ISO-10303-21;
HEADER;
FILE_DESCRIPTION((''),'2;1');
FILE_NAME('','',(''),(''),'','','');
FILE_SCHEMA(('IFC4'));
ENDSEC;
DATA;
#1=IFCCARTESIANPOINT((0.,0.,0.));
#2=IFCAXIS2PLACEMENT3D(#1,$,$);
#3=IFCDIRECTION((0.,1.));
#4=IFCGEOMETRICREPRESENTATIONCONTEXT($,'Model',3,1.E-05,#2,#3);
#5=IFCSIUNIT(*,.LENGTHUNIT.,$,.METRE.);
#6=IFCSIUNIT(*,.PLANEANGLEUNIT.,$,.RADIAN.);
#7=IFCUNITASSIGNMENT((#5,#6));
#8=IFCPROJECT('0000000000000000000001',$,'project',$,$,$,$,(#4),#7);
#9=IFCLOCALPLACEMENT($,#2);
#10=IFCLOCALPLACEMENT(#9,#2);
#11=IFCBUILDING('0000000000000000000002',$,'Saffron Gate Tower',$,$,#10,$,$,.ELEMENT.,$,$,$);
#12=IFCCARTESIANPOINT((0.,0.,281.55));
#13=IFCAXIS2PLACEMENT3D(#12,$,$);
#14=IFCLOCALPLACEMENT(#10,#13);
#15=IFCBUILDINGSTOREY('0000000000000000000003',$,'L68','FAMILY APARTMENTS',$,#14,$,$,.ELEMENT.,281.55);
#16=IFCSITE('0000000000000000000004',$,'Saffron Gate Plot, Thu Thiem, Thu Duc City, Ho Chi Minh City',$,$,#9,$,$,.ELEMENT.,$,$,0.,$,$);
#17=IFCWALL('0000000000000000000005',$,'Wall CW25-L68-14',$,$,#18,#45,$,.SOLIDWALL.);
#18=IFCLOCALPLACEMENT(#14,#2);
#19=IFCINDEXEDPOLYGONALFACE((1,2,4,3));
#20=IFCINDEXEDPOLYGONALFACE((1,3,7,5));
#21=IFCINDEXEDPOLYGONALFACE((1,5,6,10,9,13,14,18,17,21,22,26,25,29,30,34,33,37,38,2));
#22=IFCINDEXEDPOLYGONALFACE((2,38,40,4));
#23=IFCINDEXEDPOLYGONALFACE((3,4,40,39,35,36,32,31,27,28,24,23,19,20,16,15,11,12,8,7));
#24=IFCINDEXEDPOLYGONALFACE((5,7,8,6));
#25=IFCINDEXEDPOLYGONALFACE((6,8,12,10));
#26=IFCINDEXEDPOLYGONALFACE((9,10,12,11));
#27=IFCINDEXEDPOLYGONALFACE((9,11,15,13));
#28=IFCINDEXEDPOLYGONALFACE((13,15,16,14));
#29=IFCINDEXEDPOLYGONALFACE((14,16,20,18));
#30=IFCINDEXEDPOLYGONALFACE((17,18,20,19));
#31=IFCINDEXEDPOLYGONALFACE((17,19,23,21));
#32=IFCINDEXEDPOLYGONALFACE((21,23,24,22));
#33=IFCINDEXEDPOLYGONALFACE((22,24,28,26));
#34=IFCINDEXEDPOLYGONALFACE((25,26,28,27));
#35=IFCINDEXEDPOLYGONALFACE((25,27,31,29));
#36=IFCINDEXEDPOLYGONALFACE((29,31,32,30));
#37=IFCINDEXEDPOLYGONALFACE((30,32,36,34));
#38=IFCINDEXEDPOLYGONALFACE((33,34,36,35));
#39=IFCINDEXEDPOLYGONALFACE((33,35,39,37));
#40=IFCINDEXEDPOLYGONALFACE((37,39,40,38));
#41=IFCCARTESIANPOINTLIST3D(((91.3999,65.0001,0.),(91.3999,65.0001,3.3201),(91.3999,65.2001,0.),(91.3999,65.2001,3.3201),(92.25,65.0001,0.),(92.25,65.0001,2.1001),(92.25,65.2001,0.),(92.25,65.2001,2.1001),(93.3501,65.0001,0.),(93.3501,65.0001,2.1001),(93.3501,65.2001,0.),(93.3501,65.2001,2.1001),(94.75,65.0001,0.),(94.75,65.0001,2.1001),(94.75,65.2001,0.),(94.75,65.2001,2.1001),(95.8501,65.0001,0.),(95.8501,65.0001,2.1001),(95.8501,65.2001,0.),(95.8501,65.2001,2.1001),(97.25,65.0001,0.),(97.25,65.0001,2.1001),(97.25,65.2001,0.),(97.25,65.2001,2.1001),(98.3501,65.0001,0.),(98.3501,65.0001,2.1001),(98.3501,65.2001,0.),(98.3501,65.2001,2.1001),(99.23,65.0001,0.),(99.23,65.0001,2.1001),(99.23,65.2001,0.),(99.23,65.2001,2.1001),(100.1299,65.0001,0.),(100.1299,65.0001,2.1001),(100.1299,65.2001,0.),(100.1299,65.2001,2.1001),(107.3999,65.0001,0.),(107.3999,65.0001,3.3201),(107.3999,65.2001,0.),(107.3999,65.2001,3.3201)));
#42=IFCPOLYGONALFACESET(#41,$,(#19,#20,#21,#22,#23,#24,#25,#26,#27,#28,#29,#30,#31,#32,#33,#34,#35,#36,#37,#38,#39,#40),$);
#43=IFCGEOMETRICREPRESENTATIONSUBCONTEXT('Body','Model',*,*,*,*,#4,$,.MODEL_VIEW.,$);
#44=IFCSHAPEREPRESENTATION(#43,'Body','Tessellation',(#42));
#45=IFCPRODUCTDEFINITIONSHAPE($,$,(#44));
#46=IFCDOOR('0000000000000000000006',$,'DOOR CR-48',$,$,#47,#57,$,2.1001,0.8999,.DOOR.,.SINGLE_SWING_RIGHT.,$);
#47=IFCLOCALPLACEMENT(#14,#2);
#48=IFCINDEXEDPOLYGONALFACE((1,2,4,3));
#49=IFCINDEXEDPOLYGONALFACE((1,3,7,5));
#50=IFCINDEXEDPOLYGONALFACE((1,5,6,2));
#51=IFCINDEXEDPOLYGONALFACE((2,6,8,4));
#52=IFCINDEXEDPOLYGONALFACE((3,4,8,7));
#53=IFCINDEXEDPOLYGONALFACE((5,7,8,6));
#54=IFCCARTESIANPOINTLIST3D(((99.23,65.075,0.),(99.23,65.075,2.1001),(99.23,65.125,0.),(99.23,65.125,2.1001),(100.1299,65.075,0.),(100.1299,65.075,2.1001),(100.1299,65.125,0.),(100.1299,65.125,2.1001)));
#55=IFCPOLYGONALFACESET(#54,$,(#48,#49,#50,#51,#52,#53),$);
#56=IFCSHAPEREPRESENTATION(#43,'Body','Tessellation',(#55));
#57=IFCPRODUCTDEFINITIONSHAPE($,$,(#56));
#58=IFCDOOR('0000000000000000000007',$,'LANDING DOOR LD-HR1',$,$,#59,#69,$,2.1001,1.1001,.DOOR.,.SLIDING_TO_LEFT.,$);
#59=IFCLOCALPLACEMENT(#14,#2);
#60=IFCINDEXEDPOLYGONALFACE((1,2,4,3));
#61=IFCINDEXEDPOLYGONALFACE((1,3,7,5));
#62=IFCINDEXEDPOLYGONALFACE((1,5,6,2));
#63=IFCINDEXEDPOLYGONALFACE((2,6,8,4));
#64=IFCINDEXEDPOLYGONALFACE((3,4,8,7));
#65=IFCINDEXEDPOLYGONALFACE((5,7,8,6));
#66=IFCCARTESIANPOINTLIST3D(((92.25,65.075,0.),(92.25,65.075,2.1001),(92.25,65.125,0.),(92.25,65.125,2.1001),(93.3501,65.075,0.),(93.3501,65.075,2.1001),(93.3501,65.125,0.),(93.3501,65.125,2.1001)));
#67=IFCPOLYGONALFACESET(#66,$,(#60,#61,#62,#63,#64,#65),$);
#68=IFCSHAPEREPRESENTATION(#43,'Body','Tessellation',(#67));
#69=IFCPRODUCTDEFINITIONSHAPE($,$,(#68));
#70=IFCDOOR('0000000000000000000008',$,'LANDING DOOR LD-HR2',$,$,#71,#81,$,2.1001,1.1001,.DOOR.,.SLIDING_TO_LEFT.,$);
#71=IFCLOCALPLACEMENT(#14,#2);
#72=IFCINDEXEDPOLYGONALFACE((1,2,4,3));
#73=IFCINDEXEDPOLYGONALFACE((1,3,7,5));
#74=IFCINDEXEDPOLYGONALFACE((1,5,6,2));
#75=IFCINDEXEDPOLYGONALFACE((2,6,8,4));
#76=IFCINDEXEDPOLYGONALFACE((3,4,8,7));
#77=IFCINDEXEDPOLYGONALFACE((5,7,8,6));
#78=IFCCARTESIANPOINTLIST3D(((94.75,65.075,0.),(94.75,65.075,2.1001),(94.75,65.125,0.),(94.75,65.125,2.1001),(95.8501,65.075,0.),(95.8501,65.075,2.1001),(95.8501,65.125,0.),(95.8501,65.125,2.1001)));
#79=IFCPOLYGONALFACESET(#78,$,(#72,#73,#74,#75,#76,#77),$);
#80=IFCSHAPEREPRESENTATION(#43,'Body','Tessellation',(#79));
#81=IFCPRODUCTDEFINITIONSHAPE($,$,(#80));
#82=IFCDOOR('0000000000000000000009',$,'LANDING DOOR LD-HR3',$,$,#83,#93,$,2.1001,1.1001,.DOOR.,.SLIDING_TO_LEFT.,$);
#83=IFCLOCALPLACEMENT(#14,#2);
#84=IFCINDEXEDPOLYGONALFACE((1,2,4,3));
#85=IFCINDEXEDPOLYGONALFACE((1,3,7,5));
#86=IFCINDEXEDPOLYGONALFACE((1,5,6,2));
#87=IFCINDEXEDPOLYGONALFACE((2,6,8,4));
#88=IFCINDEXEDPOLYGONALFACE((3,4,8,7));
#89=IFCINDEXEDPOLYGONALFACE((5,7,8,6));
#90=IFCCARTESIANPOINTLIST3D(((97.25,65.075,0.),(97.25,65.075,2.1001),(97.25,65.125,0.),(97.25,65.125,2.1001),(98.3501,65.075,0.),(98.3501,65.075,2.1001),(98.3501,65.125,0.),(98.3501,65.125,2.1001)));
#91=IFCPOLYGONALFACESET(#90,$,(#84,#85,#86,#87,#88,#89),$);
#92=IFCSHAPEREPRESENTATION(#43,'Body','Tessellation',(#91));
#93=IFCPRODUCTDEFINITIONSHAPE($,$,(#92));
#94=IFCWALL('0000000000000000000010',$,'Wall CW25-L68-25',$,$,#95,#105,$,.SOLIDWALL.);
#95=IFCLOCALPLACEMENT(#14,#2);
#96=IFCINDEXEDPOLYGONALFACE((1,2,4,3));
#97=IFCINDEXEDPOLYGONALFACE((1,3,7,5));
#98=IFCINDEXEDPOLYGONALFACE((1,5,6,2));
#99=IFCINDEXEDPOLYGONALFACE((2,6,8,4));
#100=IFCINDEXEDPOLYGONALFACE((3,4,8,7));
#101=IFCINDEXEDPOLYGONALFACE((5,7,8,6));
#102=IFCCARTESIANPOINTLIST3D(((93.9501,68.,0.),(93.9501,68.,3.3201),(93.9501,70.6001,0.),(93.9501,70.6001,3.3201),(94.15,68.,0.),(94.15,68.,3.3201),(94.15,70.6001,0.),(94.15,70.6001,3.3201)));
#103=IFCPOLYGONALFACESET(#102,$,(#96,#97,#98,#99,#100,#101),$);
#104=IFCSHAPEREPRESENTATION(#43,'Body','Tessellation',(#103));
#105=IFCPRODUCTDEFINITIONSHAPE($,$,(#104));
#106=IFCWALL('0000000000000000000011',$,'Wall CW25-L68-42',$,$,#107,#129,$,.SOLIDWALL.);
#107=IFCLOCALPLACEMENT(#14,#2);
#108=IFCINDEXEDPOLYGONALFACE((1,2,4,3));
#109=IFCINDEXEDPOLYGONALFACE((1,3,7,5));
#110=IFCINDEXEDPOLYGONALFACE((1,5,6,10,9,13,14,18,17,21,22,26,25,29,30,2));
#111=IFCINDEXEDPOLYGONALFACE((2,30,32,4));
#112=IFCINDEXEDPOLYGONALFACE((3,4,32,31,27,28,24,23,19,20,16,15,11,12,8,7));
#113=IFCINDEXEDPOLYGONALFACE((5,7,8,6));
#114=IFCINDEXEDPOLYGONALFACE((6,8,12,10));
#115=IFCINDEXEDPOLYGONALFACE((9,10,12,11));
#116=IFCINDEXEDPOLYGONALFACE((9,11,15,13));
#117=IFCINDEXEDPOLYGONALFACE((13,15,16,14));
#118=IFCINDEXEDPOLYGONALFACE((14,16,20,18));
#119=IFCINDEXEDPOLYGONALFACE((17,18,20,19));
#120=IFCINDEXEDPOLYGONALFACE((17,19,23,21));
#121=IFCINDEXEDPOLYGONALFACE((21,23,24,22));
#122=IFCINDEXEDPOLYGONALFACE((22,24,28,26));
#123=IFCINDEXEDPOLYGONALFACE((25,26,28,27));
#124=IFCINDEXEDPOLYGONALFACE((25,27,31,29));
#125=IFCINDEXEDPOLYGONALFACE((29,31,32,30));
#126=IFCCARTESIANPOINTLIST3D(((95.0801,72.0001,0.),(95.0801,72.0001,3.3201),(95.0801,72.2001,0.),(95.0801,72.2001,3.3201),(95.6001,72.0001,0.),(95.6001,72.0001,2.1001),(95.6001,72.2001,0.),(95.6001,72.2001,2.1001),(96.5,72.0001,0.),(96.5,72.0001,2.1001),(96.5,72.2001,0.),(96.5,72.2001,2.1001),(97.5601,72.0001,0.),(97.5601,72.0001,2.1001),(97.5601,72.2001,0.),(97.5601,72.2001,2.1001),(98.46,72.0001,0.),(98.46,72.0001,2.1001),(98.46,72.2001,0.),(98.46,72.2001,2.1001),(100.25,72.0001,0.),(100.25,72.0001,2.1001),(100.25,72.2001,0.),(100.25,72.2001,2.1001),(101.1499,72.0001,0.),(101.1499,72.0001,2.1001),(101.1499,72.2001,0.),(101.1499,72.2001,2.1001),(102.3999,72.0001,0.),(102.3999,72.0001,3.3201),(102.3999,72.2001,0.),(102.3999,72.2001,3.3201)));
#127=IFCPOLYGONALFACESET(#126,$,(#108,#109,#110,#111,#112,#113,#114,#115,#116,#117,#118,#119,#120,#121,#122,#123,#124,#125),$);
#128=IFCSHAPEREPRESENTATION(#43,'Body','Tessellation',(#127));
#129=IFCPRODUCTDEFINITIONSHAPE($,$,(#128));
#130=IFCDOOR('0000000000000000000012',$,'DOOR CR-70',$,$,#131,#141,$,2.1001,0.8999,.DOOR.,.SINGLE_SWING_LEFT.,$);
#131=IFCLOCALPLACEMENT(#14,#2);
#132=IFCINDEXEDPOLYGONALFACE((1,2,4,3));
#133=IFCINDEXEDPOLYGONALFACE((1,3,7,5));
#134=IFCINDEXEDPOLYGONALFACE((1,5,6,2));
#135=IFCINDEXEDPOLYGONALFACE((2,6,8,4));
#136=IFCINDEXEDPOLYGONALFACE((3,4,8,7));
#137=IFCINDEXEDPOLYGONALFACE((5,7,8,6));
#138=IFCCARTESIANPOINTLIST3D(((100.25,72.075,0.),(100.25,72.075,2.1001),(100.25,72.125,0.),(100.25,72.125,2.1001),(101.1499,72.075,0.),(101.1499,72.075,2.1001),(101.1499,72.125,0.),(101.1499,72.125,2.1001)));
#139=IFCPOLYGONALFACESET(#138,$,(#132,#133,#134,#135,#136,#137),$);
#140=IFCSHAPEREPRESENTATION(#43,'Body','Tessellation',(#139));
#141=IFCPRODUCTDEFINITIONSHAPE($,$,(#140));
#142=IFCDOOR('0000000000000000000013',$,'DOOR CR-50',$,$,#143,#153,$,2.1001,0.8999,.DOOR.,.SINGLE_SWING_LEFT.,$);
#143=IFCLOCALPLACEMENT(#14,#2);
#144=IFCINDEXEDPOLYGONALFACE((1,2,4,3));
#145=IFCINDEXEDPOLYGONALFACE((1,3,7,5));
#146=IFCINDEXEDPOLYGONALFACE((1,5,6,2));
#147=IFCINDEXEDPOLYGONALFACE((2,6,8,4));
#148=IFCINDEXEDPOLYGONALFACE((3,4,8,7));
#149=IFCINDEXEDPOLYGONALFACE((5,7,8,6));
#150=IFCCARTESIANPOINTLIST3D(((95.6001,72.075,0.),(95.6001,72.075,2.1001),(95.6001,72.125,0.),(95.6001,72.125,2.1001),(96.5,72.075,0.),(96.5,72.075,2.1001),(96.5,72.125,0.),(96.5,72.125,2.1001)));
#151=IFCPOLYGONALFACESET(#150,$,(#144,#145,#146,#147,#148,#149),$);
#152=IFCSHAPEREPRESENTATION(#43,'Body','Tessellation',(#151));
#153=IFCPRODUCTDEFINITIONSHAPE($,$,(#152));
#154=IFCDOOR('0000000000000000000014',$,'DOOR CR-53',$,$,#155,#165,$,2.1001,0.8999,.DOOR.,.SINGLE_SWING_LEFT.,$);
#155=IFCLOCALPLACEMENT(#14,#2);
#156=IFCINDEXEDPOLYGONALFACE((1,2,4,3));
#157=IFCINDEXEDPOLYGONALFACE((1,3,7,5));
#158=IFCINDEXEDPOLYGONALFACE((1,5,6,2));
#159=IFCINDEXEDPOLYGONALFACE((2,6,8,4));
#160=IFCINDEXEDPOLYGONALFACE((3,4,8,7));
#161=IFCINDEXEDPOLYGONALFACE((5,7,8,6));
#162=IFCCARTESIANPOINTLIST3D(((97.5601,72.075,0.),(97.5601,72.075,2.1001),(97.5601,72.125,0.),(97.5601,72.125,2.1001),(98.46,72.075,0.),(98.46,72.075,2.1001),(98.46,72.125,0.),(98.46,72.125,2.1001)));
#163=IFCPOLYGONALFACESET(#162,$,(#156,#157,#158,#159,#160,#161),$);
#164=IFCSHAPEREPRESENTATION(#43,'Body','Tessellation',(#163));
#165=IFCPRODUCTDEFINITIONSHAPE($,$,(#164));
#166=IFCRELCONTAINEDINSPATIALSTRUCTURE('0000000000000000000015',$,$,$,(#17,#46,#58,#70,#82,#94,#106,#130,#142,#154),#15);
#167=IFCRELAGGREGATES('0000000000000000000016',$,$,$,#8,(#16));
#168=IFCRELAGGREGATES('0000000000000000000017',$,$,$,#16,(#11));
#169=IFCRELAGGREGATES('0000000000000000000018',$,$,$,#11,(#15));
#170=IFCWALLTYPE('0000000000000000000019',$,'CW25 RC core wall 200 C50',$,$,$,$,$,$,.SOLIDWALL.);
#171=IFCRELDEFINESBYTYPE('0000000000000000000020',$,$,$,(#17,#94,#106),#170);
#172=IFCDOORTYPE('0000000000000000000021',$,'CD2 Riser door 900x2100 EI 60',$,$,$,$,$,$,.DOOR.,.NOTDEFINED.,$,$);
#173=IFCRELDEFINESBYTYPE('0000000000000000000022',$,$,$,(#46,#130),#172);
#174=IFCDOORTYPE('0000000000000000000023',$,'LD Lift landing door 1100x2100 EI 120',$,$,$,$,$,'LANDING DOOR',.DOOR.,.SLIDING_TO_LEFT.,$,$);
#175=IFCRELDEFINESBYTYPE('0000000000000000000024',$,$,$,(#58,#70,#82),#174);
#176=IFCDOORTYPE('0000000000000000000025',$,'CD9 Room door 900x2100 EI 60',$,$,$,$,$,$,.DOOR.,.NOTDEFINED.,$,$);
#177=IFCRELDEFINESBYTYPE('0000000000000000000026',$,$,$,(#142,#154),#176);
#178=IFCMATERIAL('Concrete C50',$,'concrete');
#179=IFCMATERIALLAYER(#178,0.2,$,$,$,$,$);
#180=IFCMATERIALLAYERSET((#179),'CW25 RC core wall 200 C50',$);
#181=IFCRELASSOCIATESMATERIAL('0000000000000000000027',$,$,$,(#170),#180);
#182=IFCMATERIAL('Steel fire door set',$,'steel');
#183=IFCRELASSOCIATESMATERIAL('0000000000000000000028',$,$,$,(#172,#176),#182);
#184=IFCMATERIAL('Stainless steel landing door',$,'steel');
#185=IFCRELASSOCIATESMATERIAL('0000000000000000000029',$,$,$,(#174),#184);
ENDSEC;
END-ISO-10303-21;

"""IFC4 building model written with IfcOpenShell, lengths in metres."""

from ifc_helpers import new_model, si_unit, direction, frame, frame_2d, origin, place, context, subcontext, project, spatial, rectangle, extrude, material, layer, layer_set, type_object, element, fill, save


model = new_model("IFC4")

# Units and contexts
model_context = context("Model", 3, precision=1e-05, world=origin(), true_north=direction((0.0, 1.0)))
body_context = subcontext(model_context, "Body", "Model", "MODEL_VIEW")
ifc_project = project(units=[si_unit("LENGTHUNIT", "METRE"), si_unit("PLANEANGLEUNIT", "RADIAN")], contexts=[model_context])

# Site, building, storey
site_placement = place(None, origin())
site = spatial("IfcSite", under=ifc_project, at=site_placement, Name="Saffron Gate Plot, Thu Thiem, Thu Duc City, Ho Chi Minh City", CompositionType="ELEMENT", RefElevation=0.0)
building_placement = place(site_placement, origin())
building = spatial("IfcBuilding", under=site, at=building_placement, Name="Saffron Gate Tower", CompositionType="ELEMENT")
storey_placement = place(building_placement, frame((0.0, 0.0, 281.55)))
storey = spatial("IfcBuildingStorey", under=building, at=storey_placement, Name="L68", Description="FAMILY APARTMENTS", CompositionType="ELEMENT", Elevation=281.55)

# Shared definitions
ifc_material_1 = material(Name="Concrete C50", Category="concrete")

# Shared definitions
ifc_material_2 = material(Name="Steel fire door set", Category="steel")

# Shared definitions
ifc_layer_1 = layer(ifc_material_1, 0.2)
ifc_layer_set_1 = layer_set([ifc_layer_1], Name="CW25 RC core wall 200 C50")
wall_type_1 = type_object("IfcWallType", Name="CW25 RC core wall 200 C50", PredefinedType="SOLIDWALL", material=ifc_layer_set_1)

# Wall, openings, doors
wall_1_placement = place(storey_placement, frame((91.3999, 65.1001, 0.0), z_axis=(0.0, 0.0, 1.0), x_axis=(1.0, 0.0, 0.0)))
wall_1 = element("IfcWall", 1, at=wall_1_placement, inside=storey, type_object=wall_type_1, Name="Wall CW25-L68-14", PredefinedType="SOLIDWALL", context=body_context, shape_type="SweptSolid", body=[
    extrude(rectangle(XDim=16.0, YDim=0.2, at=frame_2d((8.0, 0.0))), origin(), (0.0, 0.0, 1.0), 3.3201),
])
opening_1_placement = place(wall_1_placement, frame((0.8501, 0.0, 0.0)))
opening_1 = element("IfcOpeningElement", 2, at=opening_1_placement, cuts=wall_1, PredefinedType="OPENING", context=body_context, shape_type="SweptSolid", body=[
    extrude(rectangle(XDim=1.1001, YDim=2.1001, at=frame_2d((0.55, 1.05))), frame((0.0, 0.1099, 0.0), z_axis=(0.0, -1.0, 0.0), x_axis=(1.0, 0.0, 0.0)), (0.0, 0.0, 1.0), 0.22),
])
opening_2_placement = place(wall_1_placement, frame((3.3501, 0.0, 0.0)))
opening_2 = element("IfcOpeningElement", 3, at=opening_2_placement, cuts=wall_1, PredefinedType="OPENING", context=body_context, shape_type="SweptSolid", body=[
    extrude(rectangle(XDim=1.1001, YDim=2.1001, at=frame_2d((0.55, 1.05))), frame((0.0, 0.1099, 0.0), z_axis=(0.0, -1.0, 0.0), x_axis=(1.0, 0.0, 0.0)), (0.0, 0.0, 1.0), 0.22),
])
opening_3_placement = place(wall_1_placement, frame((5.8501, 0.0, 0.0)))
opening_3 = element("IfcOpeningElement", 4, at=opening_3_placement, cuts=wall_1, PredefinedType="OPENING", context=body_context, shape_type="SweptSolid", body=[
    extrude(rectangle(XDim=1.1001, YDim=2.1001, at=frame_2d((0.55, 1.05))), frame((0.0, 0.1099, 0.0), z_axis=(0.0, -1.0, 0.0), x_axis=(1.0, 0.0, 0.0)), (0.0, 0.0, 1.0), 0.22),
])
opening_4_placement = place(wall_1_placement, frame((7.8301, 0.0, 0.0)))
opening_4 = element("IfcOpeningElement", 5, at=opening_4_placement, cuts=wall_1, PredefinedType="OPENING", context=body_context, shape_type="SweptSolid", body=[
    extrude(rectangle(XDim=0.8999, YDim=2.1001, at=frame_2d((0.45, 1.05))), frame((0.0, 0.1099, 0.0), z_axis=(0.0, -1.0, 0.0), x_axis=(1.0, 0.0, 0.0)), (0.0, 0.0, 1.0), 0.22),
])
door_type_1 = type_object("IfcDoorType", Name="CD2 Riser door 900x2100 EI 60", OperationType="NOTDEFINED", PredefinedType="DOOR", material=ifc_material_2)
door_1_placement = place(opening_4_placement, origin())
door_1 = element("IfcDoor", 6, at=door_1_placement, inside=storey, type_object=door_type_1, Name="DOOR CR-48", OperationType="SINGLE_SWING_RIGHT", OverallHeight=2.1001, OverallWidth=0.8999, PredefinedType="DOOR", context=body_context, shape_type="SweptSolid", body=[
    extrude(rectangle(XDim=0.8999, YDim=2.1001, at=frame_2d((0.45, 1.05))), frame((0.0, 0.0249, 0.0), z_axis=(0.0, -1.0, 0.0), x_axis=(1.0, 0.0, 0.0)), (0.0, 0.0, 1.0), 0.05),
])
fill(opening_4, door_1)
ifc_material_3 = material(Name="Stainless steel landing door", Category="steel")
door_type_2 = type_object("IfcDoorType", Name="LD Lift landing door 1100x2100 EI 120", ElementType="LANDING DOOR", OperationType="SLIDING_TO_LEFT", PredefinedType="DOOR", material=ifc_material_3)
door_2_placement = place(opening_1_placement, origin())
door_2 = element("IfcDoor", 7, at=door_2_placement, inside=storey, type_object=door_type_2, Name="LANDING DOOR LD-HR1", OperationType="SLIDING_TO_LEFT", OverallHeight=2.1001, OverallWidth=1.1001, PredefinedType="DOOR", context=body_context, shape_type="SweptSolid", body=[
    extrude(rectangle(XDim=1.1001, YDim=2.1001, at=frame_2d((0.55, 1.05))), frame((0.0, 0.0249, 0.0), z_axis=(0.0, -1.0, 0.0), x_axis=(1.0, 0.0, 0.0)), (0.0, 0.0, 1.0), 0.05),
])
fill(opening_1, door_2)
door_3_placement = place(opening_2_placement, origin())
door_3 = element("IfcDoor", 8, at=door_3_placement, inside=storey, type_object=door_type_2, Name="LANDING DOOR LD-HR2", OperationType="SLIDING_TO_LEFT", OverallHeight=2.1001, OverallWidth=1.1001, PredefinedType="DOOR", context=body_context, shape_type="SweptSolid", body=[
    extrude(rectangle(XDim=1.1001, YDim=2.1001, at=frame_2d((0.55, 1.05))), frame((0.0, 0.0249, 0.0), z_axis=(0.0, -1.0, 0.0), x_axis=(1.0, 0.0, 0.0)), (0.0, 0.0, 1.0), 0.05),
])
fill(opening_2, door_3)
door_4_placement = place(opening_3_placement, origin())
door_4 = element("IfcDoor", 9, at=door_4_placement, inside=storey, type_object=door_type_2, Name="LANDING DOOR LD-HR3", OperationType="SLIDING_TO_LEFT", OverallHeight=2.1001, OverallWidth=1.1001, PredefinedType="DOOR", context=body_context, shape_type="SweptSolid", body=[
    extrude(rectangle(XDim=1.1001, YDim=2.1001, at=frame_2d((0.55, 1.05))), frame((0.0, 0.0249, 0.0), z_axis=(0.0, -1.0, 0.0), x_axis=(1.0, 0.0, 0.0)), (0.0, 0.0, 1.0), 0.05),
])
fill(opening_3, door_4)

# Wall
wall_2_placement = place(storey_placement, frame((94.05, 68.0, 0.0), z_axis=(0.0, 0.0, 1.0), x_axis=(0.0, 1.0, 0.0)))
element("IfcWall", 10, at=wall_2_placement, inside=storey, type_object=wall_type_1, Name="Wall CW25-L68-25", PredefinedType="SOLIDWALL", context=body_context, shape_type="SweptSolid", body=[
    extrude(rectangle(XDim=2.6001, YDim=0.2, at=frame_2d((1.3, 0.0))), origin(), (0.0, 0.0, 1.0), 3.3201),
])

# Wall, openings, doors
wall_3_placement = place(storey_placement, frame((95.0801, 72.1001, 0.0), z_axis=(0.0, 0.0, 1.0), x_axis=(1.0, 0.0, 0.0)))
wall_3 = element("IfcWall", 11, at=wall_3_placement, inside=storey, type_object=wall_type_1, Name="Wall CW25-L68-42", PredefinedType="SOLIDWALL", context=body_context, shape_type="SweptSolid", body=[
    extrude(rectangle(XDim=7.3198, YDim=0.2, at=frame_2d((3.6599, 0.0))), origin(), (0.0, 0.0, 1.0), 3.3201),
])
opening_5_placement = place(wall_3_placement, frame((0.52, 0.0, 0.0)))
opening_5 = element("IfcOpeningElement", 12, at=opening_5_placement, cuts=wall_3, PredefinedType="OPENING", context=body_context, shape_type="SweptSolid", body=[
    extrude(rectangle(XDim=0.8999, YDim=2.1001, at=frame_2d((0.45, 1.05))), frame((0.0, 0.1099, 0.0), z_axis=(0.0, -1.0, 0.0), x_axis=(1.0, 0.0, 0.0)), (0.0, 0.0, 1.0), 0.22),
])
opening_6_placement = place(wall_3_placement, frame((2.48, 0.0, 0.0)))
opening_6 = element("IfcOpeningElement", 13, at=opening_6_placement, cuts=wall_3, PredefinedType="OPENING", context=body_context, shape_type="SweptSolid", body=[
    extrude(rectangle(XDim=0.8999, YDim=2.1001, at=frame_2d((0.45, 1.05))), frame((0.0, 0.1099, 0.0), z_axis=(0.0, -1.0, 0.0), x_axis=(1.0, 0.0, 0.0)), (0.0, 0.0, 1.0), 0.22),
])
opening_7_placement = place(wall_3_placement, frame((5.1699, 0.0, 0.0)))
opening_7 = element("IfcOpeningElement", 14, at=opening_7_placement, cuts=wall_3, PredefinedType="OPENING", context=body_context, shape_type="SweptSolid", body=[
    extrude(rectangle(XDim=0.8999, YDim=2.1001, at=frame_2d((0.45, 1.05))), frame((0.0, 0.1099, 0.0), z_axis=(0.0, -1.0, 0.0), x_axis=(1.0, 0.0, 0.0)), (0.0, 0.0, 1.0), 0.22),
])
door_5_placement = place(opening_7_placement, origin())
door_5 = element("IfcDoor", 15, at=door_5_placement, inside=storey, type_object=door_type_1, Name="DOOR CR-70", OperationType="SINGLE_SWING_LEFT", OverallHeight=2.1001, OverallWidth=0.8999, PredefinedType="DOOR", context=body_context, shape_type="SweptSolid", body=[
    extrude(rectangle(XDim=0.8999, YDim=2.1001, at=frame_2d((0.45, 1.05))), frame((0.0, 0.0249, 0.0), z_axis=(0.0, -1.0, 0.0), x_axis=(1.0, 0.0, 0.0)), (0.0, 0.0, 1.0), 0.05),
])
fill(opening_7, door_5)
door_type_3 = type_object("IfcDoorType", Name="CD9 Room door 900x2100 EI 60", OperationType="NOTDEFINED", PredefinedType="DOOR", material=ifc_material_2)
door_6_placement = place(opening_5_placement, origin())
door_6 = element("IfcDoor", 16, at=door_6_placement, inside=storey, type_object=door_type_3, Name="DOOR CR-50", OperationType="SINGLE_SWING_LEFT", OverallHeight=2.1001, OverallWidth=0.8999, PredefinedType="DOOR", context=body_context, shape_type="SweptSolid", body=[
    extrude(rectangle(XDim=0.8999, YDim=2.1001, at=frame_2d((0.45, 1.05))), frame((0.0, 0.0249, 0.0), z_axis=(0.0, -1.0, 0.0), x_axis=(1.0, 0.0, 0.0)), (0.0, 0.0, 1.0), 0.05),
])
fill(opening_5, door_6)
door_7_placement = place(opening_6_placement, origin())
door_7 = element("IfcDoor", 17, at=door_7_placement, inside=storey, type_object=door_type_3, Name="DOOR CR-53", OperationType="SINGLE_SWING_LEFT", OverallHeight=2.1001, OverallWidth=0.8999, PredefinedType="DOOR", context=body_context, shape_type="SweptSolid", body=[
    extrude(rectangle(XDim=0.8999, YDim=2.1001, at=frame_2d((0.45, 1.05))), frame((0.0, 0.0249, 0.0), z_axis=(0.0, -1.0, 0.0), x_axis=(1.0, 0.0, 0.0)), (0.0, 0.0, 1.0), 0.05),
])
fill(opening_6, door_7)

save(model, "model.ifc")
